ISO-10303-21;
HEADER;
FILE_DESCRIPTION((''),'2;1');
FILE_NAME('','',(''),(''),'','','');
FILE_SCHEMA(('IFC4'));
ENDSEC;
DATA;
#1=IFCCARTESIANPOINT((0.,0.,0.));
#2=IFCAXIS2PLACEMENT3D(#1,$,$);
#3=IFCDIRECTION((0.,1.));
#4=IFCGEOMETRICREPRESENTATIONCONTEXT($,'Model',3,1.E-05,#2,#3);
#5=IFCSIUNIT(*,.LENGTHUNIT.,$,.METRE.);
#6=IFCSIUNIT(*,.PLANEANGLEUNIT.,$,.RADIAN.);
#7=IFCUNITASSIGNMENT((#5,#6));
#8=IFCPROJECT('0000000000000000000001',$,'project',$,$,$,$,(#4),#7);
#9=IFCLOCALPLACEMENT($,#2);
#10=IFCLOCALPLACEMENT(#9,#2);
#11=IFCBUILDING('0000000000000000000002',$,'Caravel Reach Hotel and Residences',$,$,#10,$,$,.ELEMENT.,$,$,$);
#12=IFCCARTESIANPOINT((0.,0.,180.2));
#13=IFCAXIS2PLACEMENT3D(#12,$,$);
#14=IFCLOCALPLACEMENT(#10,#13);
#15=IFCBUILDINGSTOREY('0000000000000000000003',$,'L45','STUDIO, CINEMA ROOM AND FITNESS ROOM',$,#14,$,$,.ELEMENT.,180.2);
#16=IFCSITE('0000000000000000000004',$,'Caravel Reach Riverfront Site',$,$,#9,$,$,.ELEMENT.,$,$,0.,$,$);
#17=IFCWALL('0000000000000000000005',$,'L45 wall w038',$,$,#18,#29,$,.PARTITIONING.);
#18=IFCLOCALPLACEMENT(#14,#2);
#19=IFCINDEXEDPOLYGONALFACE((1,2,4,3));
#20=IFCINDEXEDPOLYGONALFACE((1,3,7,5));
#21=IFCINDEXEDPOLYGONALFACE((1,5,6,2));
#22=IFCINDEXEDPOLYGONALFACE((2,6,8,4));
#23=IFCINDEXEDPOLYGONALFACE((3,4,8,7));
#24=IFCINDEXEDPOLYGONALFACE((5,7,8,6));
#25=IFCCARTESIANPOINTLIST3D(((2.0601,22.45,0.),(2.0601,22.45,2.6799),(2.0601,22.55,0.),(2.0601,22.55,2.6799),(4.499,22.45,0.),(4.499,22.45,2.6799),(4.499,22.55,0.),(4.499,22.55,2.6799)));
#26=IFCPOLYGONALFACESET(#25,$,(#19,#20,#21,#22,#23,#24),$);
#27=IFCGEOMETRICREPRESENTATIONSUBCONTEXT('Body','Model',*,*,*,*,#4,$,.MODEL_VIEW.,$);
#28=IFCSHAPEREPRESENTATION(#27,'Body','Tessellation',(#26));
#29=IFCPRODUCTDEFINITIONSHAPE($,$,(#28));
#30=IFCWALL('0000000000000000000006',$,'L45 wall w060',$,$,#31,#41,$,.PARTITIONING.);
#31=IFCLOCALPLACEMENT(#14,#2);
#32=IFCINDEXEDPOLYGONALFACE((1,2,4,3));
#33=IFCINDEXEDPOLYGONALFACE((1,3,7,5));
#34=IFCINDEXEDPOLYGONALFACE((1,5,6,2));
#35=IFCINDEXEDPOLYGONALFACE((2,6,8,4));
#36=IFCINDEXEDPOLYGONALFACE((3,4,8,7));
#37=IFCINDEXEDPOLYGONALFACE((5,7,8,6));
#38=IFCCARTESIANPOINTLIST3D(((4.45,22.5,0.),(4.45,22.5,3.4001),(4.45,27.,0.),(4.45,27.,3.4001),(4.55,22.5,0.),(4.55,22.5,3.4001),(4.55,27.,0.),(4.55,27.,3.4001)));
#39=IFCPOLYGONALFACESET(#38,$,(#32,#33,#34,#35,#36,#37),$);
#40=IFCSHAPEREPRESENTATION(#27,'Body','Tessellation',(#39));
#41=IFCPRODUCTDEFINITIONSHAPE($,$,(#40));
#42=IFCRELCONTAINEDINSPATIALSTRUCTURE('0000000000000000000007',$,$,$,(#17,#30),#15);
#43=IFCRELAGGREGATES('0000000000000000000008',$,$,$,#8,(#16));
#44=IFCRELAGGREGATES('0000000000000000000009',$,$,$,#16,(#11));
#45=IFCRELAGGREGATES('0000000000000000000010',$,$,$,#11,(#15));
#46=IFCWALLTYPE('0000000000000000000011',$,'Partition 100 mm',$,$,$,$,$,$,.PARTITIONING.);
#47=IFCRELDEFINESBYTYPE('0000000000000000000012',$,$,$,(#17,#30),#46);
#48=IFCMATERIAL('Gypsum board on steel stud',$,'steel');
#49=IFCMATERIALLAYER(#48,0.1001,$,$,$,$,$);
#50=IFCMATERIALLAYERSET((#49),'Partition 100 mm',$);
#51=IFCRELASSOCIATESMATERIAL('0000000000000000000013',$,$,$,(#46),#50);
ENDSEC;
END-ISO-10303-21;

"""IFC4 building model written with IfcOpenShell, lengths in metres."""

from ifc_helpers import new_model, si_unit, direction, frame, frame_2d, origin, place, context, subcontext, project, spatial, rectangle, extrude, material, layer, layer_set, type_object, element, save


model = new_model("IFC4")

# Units and contexts
model_context = context("Model", 3, precision=1e-05, world=origin(), true_north=direction((0.0, 1.0)))
body_context = subcontext(model_context, "Body", "Model", "MODEL_VIEW")
ifc_project = project(units=[si_unit("LENGTHUNIT", "METRE"), si_unit("PLANEANGLEUNIT", "RADIAN")], contexts=[model_context])

# Site, building, storey
site_placement = place(None, origin())
site = spatial("IfcSite", under=ifc_project, at=site_placement, Name="Caravel Reach Riverfront Site", CompositionType="ELEMENT", RefElevation=0.0)
building_placement = place(site_placement, origin())
building = spatial("IfcBuilding", under=site, at=building_placement, Name="Caravel Reach Hotel and Residences", CompositionType="ELEMENT")
storey_placement = place(building_placement, frame((0.0, 0.0, 180.2)))
storey = spatial("IfcBuildingStorey", under=building, at=storey_placement, Name="L45", Description="STUDIO, CINEMA ROOM AND FITNESS ROOM", CompositionType="ELEMENT", Elevation=180.2)

# Walls
ifc_material_1 = material(Name="Gypsum board on steel stud", Category="steel")
ifc_layer_1 = layer(ifc_material_1, 0.1001)
ifc_layer_set_1 = layer_set([ifc_layer_1], Name="Partition 100 mm")
wall_type_1 = type_object("IfcWallType", Name="Partition 100 mm", PredefinedType="PARTITIONING", material=ifc_layer_set_1)
wall_1_placement = place(storey_placement, frame((2.0601, 22.5, 0.0), z_axis=(0.0, 0.0, 1.0), x_axis=(1.0, 0.0, 0.0)))
element("IfcWall", 1, at=wall_1_placement, inside=storey, type_object=wall_type_1, Name="L45 wall w038", PredefinedType="PARTITIONING", context=body_context, shape_type="SweptSolid", body=[
    extrude(rectangle(XDim=2.439, YDim=0.1001, at=frame_2d((1.2195, 0.0))), origin(), (0.0, 0.0, 1.0), 2.6799),
])
wall_2_placement = place(storey_placement, frame((4.5, 22.5, 0.0), z_axis=(0.0, 0.0, 1.0), x_axis=(0.0, 1.0, 0.0)))
element("IfcWall", 2, at=wall_2_placement, inside=storey, type_object=wall_type_1, Name="L45 wall w060", PredefinedType="PARTITIONING", context=body_context, shape_type="SweptSolid", body=[
    extrude(rectangle(XDim=4.5, YDim=0.1001, at=frame_2d((2.25, 0.0))), origin(), (0.0, 0.0, 1.0), 3.4001),
])

save(model, "model.ifc")
